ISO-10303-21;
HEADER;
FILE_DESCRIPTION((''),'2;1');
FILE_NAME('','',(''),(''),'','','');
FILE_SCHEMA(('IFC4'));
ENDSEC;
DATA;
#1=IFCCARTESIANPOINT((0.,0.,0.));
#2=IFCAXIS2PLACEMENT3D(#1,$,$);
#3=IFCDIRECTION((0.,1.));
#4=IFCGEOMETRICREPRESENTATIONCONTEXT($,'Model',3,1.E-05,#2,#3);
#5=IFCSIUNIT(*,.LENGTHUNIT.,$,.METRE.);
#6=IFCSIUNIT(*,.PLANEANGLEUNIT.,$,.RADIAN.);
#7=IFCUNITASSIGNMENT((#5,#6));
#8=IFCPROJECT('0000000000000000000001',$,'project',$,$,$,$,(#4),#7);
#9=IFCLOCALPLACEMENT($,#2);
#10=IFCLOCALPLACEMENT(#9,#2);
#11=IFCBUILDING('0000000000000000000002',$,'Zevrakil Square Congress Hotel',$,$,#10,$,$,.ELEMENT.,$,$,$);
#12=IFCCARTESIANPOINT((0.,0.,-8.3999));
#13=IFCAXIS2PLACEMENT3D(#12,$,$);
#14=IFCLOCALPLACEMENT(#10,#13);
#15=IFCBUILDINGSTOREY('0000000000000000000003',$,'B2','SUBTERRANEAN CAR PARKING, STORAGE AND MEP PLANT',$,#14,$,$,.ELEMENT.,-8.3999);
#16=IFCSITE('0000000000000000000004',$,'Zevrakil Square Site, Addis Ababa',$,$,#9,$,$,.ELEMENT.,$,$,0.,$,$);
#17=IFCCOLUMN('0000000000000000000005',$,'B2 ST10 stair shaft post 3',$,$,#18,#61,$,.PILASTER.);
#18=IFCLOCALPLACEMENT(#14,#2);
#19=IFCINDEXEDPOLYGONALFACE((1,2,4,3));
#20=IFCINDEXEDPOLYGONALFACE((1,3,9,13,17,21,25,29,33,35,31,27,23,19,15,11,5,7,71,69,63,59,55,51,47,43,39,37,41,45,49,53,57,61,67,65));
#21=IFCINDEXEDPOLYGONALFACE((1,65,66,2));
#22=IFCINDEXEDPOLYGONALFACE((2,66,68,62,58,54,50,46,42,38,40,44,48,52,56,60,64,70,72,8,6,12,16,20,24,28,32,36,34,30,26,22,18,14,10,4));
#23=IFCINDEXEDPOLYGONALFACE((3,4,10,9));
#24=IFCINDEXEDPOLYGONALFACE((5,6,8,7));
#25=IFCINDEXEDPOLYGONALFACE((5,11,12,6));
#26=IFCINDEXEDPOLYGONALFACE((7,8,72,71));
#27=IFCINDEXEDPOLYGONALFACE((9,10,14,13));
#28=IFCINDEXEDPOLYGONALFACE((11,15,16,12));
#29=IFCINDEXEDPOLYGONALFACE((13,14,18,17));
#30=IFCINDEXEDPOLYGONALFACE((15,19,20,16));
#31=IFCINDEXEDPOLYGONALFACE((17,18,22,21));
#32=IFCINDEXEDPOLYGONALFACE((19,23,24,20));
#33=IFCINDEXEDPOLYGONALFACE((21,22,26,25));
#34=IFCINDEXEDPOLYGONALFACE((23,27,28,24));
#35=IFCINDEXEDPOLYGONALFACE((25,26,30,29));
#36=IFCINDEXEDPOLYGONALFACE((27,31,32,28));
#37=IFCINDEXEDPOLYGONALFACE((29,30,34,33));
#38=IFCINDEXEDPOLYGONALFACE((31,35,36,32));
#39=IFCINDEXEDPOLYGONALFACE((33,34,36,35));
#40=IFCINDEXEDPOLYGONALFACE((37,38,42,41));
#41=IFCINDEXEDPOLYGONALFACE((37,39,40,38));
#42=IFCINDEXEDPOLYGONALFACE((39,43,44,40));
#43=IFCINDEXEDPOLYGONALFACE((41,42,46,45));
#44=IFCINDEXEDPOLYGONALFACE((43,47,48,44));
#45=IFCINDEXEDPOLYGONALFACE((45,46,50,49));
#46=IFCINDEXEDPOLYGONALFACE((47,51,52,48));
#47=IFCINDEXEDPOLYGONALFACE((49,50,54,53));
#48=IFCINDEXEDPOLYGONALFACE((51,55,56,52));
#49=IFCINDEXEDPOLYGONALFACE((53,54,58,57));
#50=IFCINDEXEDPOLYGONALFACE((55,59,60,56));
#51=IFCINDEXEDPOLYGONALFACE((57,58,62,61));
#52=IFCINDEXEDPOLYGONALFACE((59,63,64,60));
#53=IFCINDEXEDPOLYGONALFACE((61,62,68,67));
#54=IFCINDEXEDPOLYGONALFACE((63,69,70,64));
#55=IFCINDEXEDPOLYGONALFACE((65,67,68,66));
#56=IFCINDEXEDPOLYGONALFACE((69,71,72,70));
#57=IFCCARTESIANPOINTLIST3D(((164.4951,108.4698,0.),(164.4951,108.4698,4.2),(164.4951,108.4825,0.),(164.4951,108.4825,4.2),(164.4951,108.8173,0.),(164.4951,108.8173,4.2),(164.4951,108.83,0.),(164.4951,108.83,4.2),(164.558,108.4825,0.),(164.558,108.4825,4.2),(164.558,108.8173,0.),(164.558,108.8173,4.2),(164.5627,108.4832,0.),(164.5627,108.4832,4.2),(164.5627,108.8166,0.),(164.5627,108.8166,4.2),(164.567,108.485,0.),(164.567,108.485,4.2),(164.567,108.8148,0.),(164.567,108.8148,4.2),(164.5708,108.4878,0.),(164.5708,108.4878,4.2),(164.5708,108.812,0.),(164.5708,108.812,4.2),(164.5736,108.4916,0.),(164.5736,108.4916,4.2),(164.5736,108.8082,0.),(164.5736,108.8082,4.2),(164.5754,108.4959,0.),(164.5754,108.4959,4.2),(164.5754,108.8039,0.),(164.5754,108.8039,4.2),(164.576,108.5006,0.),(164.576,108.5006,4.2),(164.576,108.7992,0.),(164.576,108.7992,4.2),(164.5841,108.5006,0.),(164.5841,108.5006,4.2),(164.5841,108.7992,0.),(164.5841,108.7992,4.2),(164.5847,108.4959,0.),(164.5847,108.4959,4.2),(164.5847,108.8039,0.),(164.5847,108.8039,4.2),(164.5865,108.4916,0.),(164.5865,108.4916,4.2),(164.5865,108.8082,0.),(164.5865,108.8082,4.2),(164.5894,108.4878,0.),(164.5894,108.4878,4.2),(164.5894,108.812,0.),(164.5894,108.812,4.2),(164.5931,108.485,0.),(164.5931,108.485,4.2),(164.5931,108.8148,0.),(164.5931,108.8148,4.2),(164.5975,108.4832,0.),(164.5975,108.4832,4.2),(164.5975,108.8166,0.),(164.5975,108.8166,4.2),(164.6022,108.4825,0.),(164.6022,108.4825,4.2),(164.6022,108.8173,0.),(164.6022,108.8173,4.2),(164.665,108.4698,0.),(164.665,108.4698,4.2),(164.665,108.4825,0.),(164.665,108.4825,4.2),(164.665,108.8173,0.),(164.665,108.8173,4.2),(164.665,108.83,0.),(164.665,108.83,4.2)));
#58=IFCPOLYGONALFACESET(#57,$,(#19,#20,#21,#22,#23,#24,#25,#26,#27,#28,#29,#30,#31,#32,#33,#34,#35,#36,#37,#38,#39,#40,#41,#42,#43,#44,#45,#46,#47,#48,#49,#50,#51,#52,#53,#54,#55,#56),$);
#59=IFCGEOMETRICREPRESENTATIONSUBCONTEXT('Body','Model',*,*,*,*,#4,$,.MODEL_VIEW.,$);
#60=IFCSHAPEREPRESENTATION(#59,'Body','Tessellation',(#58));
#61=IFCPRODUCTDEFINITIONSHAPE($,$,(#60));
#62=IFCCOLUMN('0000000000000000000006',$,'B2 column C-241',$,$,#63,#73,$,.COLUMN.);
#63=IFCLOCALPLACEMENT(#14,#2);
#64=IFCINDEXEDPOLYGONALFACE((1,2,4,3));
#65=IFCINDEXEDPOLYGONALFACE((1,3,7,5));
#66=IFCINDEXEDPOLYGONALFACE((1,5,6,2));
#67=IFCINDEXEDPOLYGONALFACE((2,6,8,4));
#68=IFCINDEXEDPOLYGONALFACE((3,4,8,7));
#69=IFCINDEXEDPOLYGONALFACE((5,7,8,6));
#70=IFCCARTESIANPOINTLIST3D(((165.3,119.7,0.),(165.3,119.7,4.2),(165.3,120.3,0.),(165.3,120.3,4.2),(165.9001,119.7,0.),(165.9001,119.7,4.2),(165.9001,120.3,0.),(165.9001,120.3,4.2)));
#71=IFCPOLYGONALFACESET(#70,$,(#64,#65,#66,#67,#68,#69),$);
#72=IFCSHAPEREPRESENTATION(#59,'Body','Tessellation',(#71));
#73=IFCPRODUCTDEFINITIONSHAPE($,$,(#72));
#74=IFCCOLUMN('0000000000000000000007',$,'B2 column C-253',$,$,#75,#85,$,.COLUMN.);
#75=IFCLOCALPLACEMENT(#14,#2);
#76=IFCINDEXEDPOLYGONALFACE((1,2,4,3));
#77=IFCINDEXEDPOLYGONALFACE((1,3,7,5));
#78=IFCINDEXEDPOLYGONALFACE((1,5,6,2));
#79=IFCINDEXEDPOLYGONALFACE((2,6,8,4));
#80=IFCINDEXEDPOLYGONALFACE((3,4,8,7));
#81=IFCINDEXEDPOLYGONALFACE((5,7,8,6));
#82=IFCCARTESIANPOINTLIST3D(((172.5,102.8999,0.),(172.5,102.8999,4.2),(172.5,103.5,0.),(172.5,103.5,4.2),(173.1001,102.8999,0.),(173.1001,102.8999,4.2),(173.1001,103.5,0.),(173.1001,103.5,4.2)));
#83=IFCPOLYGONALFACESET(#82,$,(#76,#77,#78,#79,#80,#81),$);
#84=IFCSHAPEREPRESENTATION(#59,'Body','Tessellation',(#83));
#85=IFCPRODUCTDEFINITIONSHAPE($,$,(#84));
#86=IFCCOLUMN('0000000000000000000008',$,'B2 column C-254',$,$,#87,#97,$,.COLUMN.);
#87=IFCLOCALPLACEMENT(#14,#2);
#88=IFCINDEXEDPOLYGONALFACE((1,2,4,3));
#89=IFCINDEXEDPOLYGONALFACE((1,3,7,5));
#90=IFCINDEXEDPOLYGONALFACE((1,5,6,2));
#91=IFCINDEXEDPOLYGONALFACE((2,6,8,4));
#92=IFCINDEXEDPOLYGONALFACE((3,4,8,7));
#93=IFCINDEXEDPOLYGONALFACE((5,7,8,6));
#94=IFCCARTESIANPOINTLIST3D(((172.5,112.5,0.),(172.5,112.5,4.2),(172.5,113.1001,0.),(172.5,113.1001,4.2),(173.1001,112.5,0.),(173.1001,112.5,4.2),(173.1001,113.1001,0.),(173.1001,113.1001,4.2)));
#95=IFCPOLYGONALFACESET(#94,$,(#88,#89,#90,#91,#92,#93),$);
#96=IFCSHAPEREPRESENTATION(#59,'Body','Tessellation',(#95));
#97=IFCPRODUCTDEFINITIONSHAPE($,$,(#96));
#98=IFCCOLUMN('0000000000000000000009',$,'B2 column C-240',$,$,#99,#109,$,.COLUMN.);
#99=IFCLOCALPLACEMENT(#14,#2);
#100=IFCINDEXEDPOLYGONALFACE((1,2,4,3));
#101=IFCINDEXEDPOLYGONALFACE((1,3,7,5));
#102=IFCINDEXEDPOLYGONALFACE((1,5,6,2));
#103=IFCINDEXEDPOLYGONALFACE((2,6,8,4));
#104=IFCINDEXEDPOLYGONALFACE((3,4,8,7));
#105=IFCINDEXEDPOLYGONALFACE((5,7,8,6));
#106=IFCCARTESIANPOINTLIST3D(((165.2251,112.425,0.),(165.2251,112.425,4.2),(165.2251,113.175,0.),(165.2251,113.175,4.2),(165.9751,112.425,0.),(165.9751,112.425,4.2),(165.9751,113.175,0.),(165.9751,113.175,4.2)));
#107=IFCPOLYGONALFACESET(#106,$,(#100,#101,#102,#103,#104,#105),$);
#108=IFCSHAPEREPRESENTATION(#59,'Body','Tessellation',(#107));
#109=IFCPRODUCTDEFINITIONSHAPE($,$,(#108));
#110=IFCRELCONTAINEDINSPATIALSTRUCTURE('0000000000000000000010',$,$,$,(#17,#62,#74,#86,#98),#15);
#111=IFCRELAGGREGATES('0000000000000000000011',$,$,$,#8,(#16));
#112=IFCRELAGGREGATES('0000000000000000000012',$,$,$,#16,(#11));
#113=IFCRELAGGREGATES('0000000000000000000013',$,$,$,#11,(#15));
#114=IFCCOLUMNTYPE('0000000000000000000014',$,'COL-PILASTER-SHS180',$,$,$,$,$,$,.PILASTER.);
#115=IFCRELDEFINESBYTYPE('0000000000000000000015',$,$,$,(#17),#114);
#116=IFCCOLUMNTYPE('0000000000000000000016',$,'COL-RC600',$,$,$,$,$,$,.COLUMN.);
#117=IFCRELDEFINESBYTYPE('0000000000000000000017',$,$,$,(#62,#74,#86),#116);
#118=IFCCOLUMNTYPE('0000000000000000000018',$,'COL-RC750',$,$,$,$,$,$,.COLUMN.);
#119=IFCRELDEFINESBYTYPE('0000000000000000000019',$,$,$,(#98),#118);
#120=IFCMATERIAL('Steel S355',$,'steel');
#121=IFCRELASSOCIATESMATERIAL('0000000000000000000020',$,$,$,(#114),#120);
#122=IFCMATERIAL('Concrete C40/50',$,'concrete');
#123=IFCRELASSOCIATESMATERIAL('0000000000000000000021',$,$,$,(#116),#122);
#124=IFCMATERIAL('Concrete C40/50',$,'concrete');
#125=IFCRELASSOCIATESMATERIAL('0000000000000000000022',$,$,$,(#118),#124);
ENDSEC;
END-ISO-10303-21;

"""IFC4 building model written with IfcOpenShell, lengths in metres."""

from ifc_helpers import new_model, si_unit, direction, frame, origin, origin_2d, place, context, subcontext, project, spatial, rectangle, i_section, extrude, material, material_profile, profile_set, type_object, element, save


model = new_model("IFC4")

# Units and contexts
model_context = context("Model", 3, precision=1e-05, world=origin(), true_north=direction((0.0, 1.0)))
body_context = subcontext(model_context, "Body", "Model", "MODEL_VIEW")
ifc_project = project(units=[si_unit("LENGTHUNIT", "METRE"), si_unit("PLANEANGLEUNIT", "RADIAN")], contexts=[model_context])

# Site, building, storey
site_placement = place(None, origin())
site = spatial("IfcSite", under=ifc_project, at=site_placement, Name="Zevrakil Square Site, Addis Ababa", CompositionType="ELEMENT", RefElevation=0.0)
building_placement = place(site_placement, origin())
building = spatial("IfcBuilding", under=site, at=building_placement, Name="Zevrakil Square Congress Hotel", CompositionType="ELEMENT")
storey_placement = place(building_placement, frame((0.0, 0.0, -8.3999)))
storey = spatial("IfcBuildingStorey", under=building, at=storey_placement, Name="B2", Description="SUBTERRANEAN CAR PARKING, STORAGE AND MEP PLANT", CompositionType="ELEMENT", Elevation=-8.3999)

# Columns
ifc_material_1 = material(Name="Steel S355", Category="steel")
ifc_material_profile_1 = material_profile(ifc_material_1, i_section(OverallWidth=0.1699, OverallDepth=0.3601, WebThickness=0.0081, FlangeThickness=0.0127, FilletRadius=0.0181, at=origin_2d()), Name="IPE 360")
ifc_profile_set_1 = profile_set([ifc_material_profile_1], Name="Steel S355")
column_type_1 = type_object("IfcColumnType", Name="COL-PILASTER-SHS180", PredefinedType="PILASTER", material=ifc_profile_set_1)
for number, where, z_axis, x_axis, name in (
    (1, (164.5801, 108.6499, 0.0), (0.0, 0.0, 1.0), (1.0, 0.0, 0.0), "B2 ST10 stair shaft post 3"),
):
    element("IfcColumn", number, at=place(storey_placement, frame(where, z_axis=z_axis, x_axis=x_axis)), inside=storey, type_object=column_type_1, Name=name, PredefinedType="PILASTER", context=body_context, shape_type="SweptSolid", body=[
        extrude(i_section(OverallWidth=0.1699, OverallDepth=0.3601, WebThickness=0.0081, FlangeThickness=0.0127, FilletRadius=0.0181, at=origin_2d()), origin(), (0.0, 0.0, 1.0), 4.2),
    ])
ifc_material_2 = material(Name="Concrete C40/50", Category="concrete")
ifc_material_profile_2 = material_profile(ifc_material_2, rectangle(XDim=0.6001, YDim=0.6001, at=origin_2d()), Name="RC 600x600")
ifc_profile_set_2 = profile_set([ifc_material_profile_2], Name="Concrete C40/50")
column_type_2 = type_object("IfcColumnType", Name="COL-RC600", PredefinedType="COLUMN", material=ifc_profile_set_2)
for number, where, z_axis, x_axis, name in (
    (2, (165.6001, 120.0, 0.0), (0.0, 0.0, 1.0), (1.0, 0.0, 0.0), "B2 column C-241"),
    (3, (172.8, 103.2, 0.0), (0.0, 0.0, 1.0), (1.0, 0.0, 0.0), "B2 column C-253"),
    (4, (172.8, 112.8, 0.0), (0.0, 0.0, 1.0), (1.0, 0.0, 0.0), "B2 column C-254"),
):
    element("IfcColumn", number, at=place(storey_placement, frame(where, z_axis=z_axis, x_axis=x_axis)), inside=storey, type_object=column_type_2, Name=name, PredefinedType="COLUMN", context=body_context, shape_type="SweptSolid", body=[
        extrude(rectangle(XDim=0.6001, YDim=0.6001, at=origin_2d()), origin(), (0.0, 0.0, 1.0), 4.2),
    ])
ifc_material_3 = material(Name="Concrete C40/50", Category="concrete")
ifc_material_profile_3 = material_profile(ifc_material_3, rectangle(XDim=0.75, YDim=0.75, at=origin_2d()), Name="RC 750x750")
ifc_profile_set_3 = profile_set([ifc_material_profile_3], Name="Concrete C40/50")
column_type_3 = type_object("IfcColumnType", Name="COL-RC750", PredefinedType="COLUMN", material=ifc_profile_set_3)
column_placement = place(storey_placement, frame((165.6001, 112.8, 0.0), z_axis=(0.0, 0.0, 1.0), x_axis=(1.0, 0.0, 0.0)))
element("IfcColumn", 5, at=column_placement, inside=storey, type_object=column_type_3, Name="B2 column C-240", PredefinedType="COLUMN", context=body_context, shape_type="SweptSolid", body=[
    extrude(rectangle(XDim=0.75, YDim=0.75, at=origin_2d()), origin(), (0.0, 0.0, 1.0), 4.2),
])

save(model, "model.ifc")
